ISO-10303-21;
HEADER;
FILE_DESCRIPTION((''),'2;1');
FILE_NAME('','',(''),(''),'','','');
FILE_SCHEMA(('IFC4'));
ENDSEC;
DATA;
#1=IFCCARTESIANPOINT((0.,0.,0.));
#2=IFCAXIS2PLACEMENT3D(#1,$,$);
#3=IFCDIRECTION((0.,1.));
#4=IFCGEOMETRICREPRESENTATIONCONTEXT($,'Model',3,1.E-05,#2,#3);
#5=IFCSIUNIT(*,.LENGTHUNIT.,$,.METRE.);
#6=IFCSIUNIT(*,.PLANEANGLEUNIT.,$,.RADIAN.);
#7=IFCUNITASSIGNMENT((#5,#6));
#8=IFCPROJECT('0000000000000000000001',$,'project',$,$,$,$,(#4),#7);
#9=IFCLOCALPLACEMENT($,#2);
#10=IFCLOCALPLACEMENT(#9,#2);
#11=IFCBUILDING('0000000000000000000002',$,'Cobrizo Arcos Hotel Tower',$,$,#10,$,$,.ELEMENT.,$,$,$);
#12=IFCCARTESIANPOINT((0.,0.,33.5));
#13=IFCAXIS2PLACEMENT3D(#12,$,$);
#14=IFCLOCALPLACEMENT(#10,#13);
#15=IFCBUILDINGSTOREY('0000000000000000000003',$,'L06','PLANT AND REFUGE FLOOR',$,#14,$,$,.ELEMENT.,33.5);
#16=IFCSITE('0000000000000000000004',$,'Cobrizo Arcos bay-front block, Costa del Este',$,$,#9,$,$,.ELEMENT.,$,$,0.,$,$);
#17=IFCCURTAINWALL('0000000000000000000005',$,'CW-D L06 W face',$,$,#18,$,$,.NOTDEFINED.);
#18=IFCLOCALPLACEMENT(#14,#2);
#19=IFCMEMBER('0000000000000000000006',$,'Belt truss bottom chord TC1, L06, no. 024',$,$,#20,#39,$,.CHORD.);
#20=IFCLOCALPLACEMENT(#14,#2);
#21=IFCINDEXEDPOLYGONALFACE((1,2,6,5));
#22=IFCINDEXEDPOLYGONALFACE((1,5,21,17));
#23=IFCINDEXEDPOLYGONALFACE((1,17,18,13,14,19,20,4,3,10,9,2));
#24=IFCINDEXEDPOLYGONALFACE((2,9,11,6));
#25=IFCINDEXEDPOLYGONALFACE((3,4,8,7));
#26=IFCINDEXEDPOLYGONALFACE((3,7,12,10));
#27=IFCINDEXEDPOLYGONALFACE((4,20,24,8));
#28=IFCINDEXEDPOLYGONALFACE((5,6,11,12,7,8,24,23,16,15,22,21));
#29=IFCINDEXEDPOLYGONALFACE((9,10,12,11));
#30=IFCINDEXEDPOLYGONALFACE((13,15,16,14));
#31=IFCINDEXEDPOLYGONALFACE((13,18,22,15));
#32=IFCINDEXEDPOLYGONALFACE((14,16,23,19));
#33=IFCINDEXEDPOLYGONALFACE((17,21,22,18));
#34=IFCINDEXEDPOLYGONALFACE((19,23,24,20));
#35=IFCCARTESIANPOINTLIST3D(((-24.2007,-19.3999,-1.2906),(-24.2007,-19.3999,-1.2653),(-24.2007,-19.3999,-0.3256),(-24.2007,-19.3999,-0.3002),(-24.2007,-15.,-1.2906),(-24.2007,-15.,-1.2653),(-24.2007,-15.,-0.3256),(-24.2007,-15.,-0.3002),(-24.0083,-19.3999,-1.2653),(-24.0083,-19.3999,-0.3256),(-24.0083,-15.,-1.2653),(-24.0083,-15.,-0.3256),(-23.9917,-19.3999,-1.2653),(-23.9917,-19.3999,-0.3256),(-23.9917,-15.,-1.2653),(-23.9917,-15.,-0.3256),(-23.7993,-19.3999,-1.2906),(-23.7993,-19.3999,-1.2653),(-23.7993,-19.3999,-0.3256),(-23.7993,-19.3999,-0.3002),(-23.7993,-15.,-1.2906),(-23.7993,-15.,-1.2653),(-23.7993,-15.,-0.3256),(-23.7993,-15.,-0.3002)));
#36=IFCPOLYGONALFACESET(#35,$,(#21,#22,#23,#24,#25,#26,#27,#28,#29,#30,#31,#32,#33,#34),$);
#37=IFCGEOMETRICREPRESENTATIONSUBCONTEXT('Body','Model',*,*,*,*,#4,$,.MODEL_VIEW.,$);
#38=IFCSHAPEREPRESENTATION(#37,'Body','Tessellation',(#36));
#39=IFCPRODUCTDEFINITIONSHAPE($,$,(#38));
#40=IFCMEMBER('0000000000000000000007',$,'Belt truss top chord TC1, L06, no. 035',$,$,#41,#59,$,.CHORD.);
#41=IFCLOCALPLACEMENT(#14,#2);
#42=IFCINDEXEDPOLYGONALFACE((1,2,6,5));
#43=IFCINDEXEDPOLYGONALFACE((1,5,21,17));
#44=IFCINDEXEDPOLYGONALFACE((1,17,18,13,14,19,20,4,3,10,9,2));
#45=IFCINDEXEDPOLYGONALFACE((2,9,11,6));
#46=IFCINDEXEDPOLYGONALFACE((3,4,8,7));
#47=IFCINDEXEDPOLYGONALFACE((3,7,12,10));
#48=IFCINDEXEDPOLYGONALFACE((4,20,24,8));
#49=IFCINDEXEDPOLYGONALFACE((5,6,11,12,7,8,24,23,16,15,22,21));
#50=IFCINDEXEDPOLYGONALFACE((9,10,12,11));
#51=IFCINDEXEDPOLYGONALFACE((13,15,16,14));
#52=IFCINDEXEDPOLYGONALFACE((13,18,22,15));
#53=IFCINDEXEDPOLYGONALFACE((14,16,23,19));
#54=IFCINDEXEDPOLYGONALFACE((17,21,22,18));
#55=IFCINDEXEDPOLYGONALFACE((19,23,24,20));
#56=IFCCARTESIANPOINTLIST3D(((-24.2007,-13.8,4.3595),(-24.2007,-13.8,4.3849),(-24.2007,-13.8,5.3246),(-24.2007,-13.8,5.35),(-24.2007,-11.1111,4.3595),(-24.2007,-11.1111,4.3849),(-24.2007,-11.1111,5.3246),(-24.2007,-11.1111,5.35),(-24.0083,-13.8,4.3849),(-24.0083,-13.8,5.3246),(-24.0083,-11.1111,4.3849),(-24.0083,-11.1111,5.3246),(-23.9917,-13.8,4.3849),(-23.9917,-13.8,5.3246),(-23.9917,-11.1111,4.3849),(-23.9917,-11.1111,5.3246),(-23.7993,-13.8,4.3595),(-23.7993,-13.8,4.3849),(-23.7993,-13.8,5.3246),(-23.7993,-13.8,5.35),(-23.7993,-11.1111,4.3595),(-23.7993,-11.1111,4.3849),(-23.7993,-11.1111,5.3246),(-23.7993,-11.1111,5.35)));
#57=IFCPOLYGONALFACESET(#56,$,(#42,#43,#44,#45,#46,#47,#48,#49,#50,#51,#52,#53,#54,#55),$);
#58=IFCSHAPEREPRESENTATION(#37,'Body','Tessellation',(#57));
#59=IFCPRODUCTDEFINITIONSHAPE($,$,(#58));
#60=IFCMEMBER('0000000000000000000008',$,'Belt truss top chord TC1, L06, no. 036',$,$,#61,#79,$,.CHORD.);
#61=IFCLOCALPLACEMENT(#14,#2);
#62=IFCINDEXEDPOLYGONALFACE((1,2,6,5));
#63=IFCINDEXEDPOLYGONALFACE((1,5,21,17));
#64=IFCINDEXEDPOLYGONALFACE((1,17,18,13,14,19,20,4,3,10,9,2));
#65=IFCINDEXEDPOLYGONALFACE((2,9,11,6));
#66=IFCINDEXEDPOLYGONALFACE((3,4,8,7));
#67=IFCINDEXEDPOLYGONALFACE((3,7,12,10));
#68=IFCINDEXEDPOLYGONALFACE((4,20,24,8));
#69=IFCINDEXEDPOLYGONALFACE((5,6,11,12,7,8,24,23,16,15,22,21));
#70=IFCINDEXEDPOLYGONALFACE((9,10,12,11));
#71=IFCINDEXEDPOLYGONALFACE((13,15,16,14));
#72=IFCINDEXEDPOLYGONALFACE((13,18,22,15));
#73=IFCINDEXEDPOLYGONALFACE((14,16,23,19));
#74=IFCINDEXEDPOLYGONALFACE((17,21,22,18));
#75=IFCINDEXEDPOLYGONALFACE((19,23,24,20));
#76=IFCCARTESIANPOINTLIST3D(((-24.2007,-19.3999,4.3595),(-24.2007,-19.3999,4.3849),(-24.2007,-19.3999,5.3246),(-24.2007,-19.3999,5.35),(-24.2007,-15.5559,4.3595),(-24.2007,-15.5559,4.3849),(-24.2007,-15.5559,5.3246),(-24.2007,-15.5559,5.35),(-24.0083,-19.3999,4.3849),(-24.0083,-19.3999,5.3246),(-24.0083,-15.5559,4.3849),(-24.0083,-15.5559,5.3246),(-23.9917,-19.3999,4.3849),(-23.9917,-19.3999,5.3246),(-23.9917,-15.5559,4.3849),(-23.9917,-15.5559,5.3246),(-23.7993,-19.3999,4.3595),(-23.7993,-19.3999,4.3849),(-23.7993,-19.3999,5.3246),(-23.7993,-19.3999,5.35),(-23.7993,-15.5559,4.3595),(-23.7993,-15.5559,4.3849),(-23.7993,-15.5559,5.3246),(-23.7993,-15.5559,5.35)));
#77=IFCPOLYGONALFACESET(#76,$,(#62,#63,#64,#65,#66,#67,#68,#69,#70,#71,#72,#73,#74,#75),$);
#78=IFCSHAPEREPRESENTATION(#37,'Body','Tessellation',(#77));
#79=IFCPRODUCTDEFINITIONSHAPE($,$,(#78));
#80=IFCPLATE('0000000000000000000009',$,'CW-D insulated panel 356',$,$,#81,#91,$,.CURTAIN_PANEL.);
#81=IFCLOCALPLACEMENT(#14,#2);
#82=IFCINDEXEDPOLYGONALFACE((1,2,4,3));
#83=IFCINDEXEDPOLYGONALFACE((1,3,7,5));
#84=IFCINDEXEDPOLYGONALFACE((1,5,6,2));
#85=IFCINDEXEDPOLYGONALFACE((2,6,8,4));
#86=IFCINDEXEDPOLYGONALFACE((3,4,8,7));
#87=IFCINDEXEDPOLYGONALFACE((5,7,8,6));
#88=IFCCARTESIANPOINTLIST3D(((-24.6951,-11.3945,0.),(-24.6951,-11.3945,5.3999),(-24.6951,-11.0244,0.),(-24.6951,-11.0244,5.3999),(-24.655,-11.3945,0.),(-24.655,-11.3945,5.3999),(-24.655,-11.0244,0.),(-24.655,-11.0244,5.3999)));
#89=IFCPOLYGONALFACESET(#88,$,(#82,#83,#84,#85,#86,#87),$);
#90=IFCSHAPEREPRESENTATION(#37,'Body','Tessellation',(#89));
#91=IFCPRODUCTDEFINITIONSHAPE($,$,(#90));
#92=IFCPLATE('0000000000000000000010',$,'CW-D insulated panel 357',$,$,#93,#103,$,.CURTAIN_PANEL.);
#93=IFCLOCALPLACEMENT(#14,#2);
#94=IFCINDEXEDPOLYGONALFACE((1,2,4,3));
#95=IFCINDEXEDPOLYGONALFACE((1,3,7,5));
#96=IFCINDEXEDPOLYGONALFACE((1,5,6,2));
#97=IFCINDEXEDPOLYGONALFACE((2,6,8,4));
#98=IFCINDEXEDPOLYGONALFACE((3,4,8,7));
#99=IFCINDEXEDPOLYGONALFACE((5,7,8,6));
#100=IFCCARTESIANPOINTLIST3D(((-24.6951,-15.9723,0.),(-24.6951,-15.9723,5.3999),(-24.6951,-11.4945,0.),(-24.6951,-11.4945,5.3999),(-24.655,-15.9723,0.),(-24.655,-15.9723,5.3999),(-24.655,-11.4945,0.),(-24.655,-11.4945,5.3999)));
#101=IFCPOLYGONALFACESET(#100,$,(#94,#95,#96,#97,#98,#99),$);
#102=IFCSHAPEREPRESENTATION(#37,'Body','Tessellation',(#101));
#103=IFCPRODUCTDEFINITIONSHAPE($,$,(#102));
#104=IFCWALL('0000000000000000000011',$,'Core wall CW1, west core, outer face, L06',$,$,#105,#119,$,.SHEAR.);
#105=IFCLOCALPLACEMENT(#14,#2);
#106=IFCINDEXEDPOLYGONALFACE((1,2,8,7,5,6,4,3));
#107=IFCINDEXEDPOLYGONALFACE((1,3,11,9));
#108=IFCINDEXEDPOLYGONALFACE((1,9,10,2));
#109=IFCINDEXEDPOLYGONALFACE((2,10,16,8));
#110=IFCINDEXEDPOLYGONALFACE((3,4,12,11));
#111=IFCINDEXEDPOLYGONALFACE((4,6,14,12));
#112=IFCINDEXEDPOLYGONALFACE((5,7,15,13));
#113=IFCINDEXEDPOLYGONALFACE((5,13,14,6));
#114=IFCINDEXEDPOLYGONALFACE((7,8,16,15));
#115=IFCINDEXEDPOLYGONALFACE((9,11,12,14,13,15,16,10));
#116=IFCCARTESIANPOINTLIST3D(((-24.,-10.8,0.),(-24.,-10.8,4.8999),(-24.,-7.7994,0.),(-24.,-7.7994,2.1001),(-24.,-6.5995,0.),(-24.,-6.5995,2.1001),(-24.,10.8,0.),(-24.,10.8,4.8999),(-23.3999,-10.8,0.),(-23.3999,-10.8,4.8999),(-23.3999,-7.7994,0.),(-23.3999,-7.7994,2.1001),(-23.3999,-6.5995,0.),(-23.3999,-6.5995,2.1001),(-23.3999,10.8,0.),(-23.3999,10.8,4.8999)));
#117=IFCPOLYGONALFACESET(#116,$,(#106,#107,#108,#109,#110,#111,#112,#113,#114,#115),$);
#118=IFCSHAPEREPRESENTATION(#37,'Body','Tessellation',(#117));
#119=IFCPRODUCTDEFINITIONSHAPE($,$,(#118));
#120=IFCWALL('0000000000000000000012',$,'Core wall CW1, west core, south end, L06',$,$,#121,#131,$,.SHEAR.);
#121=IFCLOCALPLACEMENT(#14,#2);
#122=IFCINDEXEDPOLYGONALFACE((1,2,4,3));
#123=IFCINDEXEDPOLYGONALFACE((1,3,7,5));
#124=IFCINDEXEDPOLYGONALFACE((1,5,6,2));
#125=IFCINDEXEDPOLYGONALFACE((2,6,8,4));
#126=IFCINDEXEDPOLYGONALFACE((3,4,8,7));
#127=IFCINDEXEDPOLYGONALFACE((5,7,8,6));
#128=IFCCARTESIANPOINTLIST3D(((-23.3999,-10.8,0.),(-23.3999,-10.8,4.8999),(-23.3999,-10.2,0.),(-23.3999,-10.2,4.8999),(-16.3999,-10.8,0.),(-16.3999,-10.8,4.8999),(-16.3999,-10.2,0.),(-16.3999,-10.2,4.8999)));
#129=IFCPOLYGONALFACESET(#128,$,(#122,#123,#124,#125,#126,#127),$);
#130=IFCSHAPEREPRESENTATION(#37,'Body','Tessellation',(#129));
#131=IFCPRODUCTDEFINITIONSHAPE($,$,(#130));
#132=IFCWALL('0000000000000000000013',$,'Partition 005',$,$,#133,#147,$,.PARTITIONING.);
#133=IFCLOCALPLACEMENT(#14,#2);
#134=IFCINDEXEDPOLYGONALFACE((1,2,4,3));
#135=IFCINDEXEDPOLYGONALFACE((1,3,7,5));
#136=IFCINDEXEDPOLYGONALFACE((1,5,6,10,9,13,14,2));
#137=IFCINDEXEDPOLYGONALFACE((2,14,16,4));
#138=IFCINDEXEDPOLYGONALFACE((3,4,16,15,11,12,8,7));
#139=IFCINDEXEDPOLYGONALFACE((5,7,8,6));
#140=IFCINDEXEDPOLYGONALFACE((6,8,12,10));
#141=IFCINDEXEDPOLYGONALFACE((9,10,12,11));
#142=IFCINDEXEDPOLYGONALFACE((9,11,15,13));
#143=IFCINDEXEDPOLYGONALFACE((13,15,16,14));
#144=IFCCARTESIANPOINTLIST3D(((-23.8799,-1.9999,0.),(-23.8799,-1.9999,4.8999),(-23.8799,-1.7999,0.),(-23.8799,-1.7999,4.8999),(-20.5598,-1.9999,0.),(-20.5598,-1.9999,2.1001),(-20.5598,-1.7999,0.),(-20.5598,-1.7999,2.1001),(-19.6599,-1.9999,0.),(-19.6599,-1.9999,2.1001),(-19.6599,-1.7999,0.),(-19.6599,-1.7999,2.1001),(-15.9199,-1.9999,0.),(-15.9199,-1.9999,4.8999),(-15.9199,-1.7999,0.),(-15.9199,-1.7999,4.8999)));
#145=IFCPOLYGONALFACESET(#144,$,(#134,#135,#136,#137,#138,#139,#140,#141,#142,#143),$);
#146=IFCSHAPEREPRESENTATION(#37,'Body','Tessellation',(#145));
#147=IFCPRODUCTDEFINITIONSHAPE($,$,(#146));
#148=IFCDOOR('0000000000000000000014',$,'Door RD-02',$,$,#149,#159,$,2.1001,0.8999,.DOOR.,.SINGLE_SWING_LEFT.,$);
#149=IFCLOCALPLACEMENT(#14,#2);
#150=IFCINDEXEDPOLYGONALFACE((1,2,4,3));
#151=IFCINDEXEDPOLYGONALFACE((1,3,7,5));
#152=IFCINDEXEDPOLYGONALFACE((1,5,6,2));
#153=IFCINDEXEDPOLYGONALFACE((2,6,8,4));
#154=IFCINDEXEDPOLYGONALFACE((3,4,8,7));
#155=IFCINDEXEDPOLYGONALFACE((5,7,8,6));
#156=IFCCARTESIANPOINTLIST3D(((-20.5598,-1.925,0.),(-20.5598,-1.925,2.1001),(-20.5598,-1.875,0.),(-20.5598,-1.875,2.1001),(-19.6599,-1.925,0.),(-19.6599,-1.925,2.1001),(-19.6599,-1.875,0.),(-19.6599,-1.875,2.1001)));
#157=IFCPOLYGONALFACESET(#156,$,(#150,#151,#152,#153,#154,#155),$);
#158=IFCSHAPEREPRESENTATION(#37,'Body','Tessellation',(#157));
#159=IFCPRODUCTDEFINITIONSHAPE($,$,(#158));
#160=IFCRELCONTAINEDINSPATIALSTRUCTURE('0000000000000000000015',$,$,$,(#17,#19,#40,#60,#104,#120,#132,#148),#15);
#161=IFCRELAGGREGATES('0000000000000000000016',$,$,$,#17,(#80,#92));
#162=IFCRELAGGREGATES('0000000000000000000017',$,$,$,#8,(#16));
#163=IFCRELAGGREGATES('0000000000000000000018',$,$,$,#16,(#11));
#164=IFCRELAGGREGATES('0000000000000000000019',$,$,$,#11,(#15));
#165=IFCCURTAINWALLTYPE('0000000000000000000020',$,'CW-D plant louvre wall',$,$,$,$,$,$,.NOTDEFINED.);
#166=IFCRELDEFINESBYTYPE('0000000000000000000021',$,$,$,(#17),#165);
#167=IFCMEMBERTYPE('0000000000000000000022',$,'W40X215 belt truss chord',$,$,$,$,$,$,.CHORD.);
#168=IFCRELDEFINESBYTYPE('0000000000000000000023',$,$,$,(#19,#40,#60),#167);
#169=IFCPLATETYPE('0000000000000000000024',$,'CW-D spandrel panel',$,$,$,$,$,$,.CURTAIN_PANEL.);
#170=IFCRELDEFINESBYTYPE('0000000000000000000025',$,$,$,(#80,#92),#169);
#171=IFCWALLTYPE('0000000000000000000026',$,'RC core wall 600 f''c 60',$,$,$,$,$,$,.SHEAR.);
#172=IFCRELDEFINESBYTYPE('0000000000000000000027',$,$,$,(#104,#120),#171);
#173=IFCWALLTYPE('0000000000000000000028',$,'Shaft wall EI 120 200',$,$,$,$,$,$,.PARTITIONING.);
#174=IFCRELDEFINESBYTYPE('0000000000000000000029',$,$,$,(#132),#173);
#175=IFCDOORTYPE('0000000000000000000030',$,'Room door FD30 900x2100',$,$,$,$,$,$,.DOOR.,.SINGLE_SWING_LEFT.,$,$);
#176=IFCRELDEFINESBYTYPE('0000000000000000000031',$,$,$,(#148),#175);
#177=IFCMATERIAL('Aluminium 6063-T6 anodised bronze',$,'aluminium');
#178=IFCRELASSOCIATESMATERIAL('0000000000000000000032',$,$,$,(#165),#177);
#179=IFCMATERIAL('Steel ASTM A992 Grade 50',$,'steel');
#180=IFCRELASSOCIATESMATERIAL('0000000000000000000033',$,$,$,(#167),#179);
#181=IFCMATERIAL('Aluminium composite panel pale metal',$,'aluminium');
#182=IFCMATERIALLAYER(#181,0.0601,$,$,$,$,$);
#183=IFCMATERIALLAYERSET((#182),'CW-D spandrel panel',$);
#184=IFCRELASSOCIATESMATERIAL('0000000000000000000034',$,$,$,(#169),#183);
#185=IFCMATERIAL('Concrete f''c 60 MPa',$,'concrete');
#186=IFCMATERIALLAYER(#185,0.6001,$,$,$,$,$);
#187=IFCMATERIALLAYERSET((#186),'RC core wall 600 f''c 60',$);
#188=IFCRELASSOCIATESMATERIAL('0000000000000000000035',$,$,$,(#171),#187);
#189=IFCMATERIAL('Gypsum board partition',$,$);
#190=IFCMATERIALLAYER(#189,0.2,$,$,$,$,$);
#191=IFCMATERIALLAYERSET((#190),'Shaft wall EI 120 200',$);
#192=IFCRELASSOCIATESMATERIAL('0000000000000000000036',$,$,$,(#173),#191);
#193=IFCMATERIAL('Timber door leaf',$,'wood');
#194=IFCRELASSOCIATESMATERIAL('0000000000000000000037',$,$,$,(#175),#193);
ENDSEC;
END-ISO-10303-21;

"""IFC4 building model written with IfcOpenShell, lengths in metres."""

from ifc_helpers import new_model, si_unit, direction, frame, frame_2d, origin, origin_2d, place, context, subcontext, project, spatial, rectangle, i_section, extrude, material, layer, layer_set, material_profile, profile_set, type_object, element, fill, aggregate, save


model = new_model("IFC4")

# Units and contexts
model_context = context("Model", 3, precision=1e-05, world=origin(), true_north=direction((0.0, 1.0)))
body_context = subcontext(model_context, "Body", "Model", "MODEL_VIEW")
ifc_project = project(units=[si_unit("LENGTHUNIT", "METRE"), si_unit("PLANEANGLEUNIT", "RADIAN")], contexts=[model_context])

# Site, building, storey
site_placement = place(None, origin())
site = spatial("IfcSite", under=ifc_project, at=site_placement, Name="Cobrizo Arcos bay-front block, Costa del Este", CompositionType="ELEMENT", RefElevation=0.0)
building_placement = place(site_placement, origin())
building = spatial("IfcBuilding", under=site, at=building_placement, Name="Cobrizo Arcos Hotel Tower", CompositionType="ELEMENT")
storey_placement = place(building_placement, frame((0.0, 0.0, 33.5)))
storey = spatial("IfcBuildingStorey", under=building, at=storey_placement, Name="L06", Description="PLANT AND REFUGE FLOOR", CompositionType="ELEMENT", Elevation=33.5)

# Curtain wall
ifc_material_1 = material(Name="Aluminium 6063-T6 anodised bronze", Category="aluminium")
curtain_wall_type = type_object("IfcCurtainWallType", Name="CW-D plant louvre wall", PredefinedType="NOTDEFINED", material=ifc_material_1)
curtain_wall_placement = place(storey_placement, origin())
curtain_wall = element("IfcCurtainWall", 1, at=curtain_wall_placement, inside=storey, type_object=curtain_wall_type, Name="CW-D L06 W face", PredefinedType="NOTDEFINED")

# Shared definitions
ifc_material_2 = material(Name="Steel ASTM A992 Grade 50", Category="steel")

# Members
ifc_material_profile_1 = material_profile(ifc_material_2, i_section(OverallWidth=0.4014, OverallDepth=0.9905, WebThickness=0.0166, FlangeThickness=0.0254, at=origin_2d()), Name="W40X215")
ifc_profile_set_1 = profile_set([ifc_material_profile_1], Name="Steel ASTM A992 Grade 50")
member_type_1 = type_object("IfcMemberType", Name="W40X215 belt truss chord", PredefinedType="CHORD", material=ifc_profile_set_1)
member_1_placement = place(storey_placement, frame((-24.0, -15.0, -0.7954), z_axis=(0.0, -1.0, 0.0), x_axis=(1.0, 0.0, 0.0)))
element("IfcMember", 2, at=member_1_placement, inside=storey, type_object=member_type_1, Name="Belt truss bottom chord TC1, L06, no. 024", PredefinedType="CHORD", context=body_context, shape_type="SweptSolid", body=[
    extrude(i_section(OverallWidth=0.4014, OverallDepth=0.9905, WebThickness=0.0166, FlangeThickness=0.0254, at=origin_2d()), origin(), (0.0, 0.0, 1.0), 4.3999),
])
member_2_placement = place(storey_placement, frame((-24.0, -11.1111, 4.8547), z_axis=(0.0, -1.0, 0.0), x_axis=(1.0, 0.0, 0.0)))
element("IfcMember", 3, at=member_2_placement, inside=storey, type_object=member_type_1, Name="Belt truss top chord TC1, L06, no. 035", PredefinedType="CHORD", context=body_context, shape_type="SweptSolid", body=[
    extrude(i_section(OverallWidth=0.4014, OverallDepth=0.9905, WebThickness=0.0166, FlangeThickness=0.0254, at=origin_2d()), origin(), (0.0, 0.0, 1.0), 2.689),
])
member_3_placement = place(storey_placement, frame((-24.0, -15.5559, 4.8547), z_axis=(0.0, -1.0, 0.0), x_axis=(1.0, 0.0, 0.0)))
element("IfcMember", 4, at=member_3_placement, inside=storey, type_object=member_type_1, Name="Belt truss top chord TC1, L06, no. 036", PredefinedType="CHORD", context=body_context, shape_type="SweptSolid", body=[
    extrude(i_section(OverallWidth=0.4014, OverallDepth=0.9905, WebThickness=0.0166, FlangeThickness=0.0254, at=origin_2d()), origin(), (0.0, 0.0, 1.0), 3.844),
])

# Plates
ifc_material_3 = material(Name="Aluminium composite panel pale metal", Category="aluminium")
ifc_layer_1 = layer(ifc_material_3, 0.0601)
ifc_layer_set_1 = layer_set([ifc_layer_1], Name="CW-D spandrel panel")
plate_type = type_object("IfcPlateType", Name="CW-D spandrel panel", PredefinedType="CURTAIN_PANEL", material=ifc_layer_set_1)
plate_1_placement = place(storey_placement, frame((-24.675, -11.2095, 0.0), z_axis=(0.0, 0.0, 1.0), x_axis=(0.0, -1.0, 0.0)))
plate_1 = element("IfcPlate", 5, at=plate_1_placement, type_object=plate_type, Name="CW-D insulated panel 356", PredefinedType="CURTAIN_PANEL", context=body_context, shape_type="SweptSolid", body=[
    extrude(rectangle(XDim=0.3701, YDim=0.04, at=origin_2d()), origin(), (0.0, 0.0, 1.0), 5.3999),
])
plate_2_placement = place(storey_placement, frame((-24.675, -13.7334, 0.0), z_axis=(0.0, 0.0, 1.0), x_axis=(0.0, -1.0, 0.0)))
plate_2 = element("IfcPlate", 6, at=plate_2_placement, type_object=plate_type, Name="CW-D insulated panel 357", PredefinedType="CURTAIN_PANEL", context=body_context, shape_type="SweptSolid", body=[
    extrude(rectangle(XDim=4.4778, YDim=0.04, at=origin_2d()), origin(), (0.0, 0.0, 1.0), 5.3999),
])
aggregate(curtain_wall, [plate_1, plate_2])

# Wall, opening
ifc_material_4 = material(Name="Concrete f'c 60 MPa", Category="concrete")
ifc_layer_2 = layer(ifc_material_4, 0.6001)
ifc_layer_set_2 = layer_set([ifc_layer_2], Name="RC core wall 600 f'c 60")
wall_type_1 = type_object("IfcWallType", Name="RC core wall 600 f'c 60", PredefinedType="SHEAR", material=ifc_layer_set_2)
wall_1_placement = place(storey_placement, frame((-23.7, -10.8, 0.0), z_axis=(0.0, 0.0, 1.0), x_axis=(0.0, 1.0, 0.0)))
wall_1 = element("IfcWall", 7, at=wall_1_placement, inside=storey, type_object=wall_type_1, Name="Core wall CW1, west core, outer face, L06", PredefinedType="SHEAR", context=body_context, shape_type="SweptSolid", body=[
    extrude(rectangle(XDim=21.6001, YDim=0.6001, at=frame_2d((10.8, 0.0))), origin(), (0.0, 0.0, 1.0), 4.8999),
])
opening_1_placement = place(wall_1_placement, frame((3.0005, 0.0, 0.0)))
element("IfcOpeningElement", 8, at=opening_1_placement, cuts=wall_1, PredefinedType="OPENING", context=body_context, shape_type="SweptSolid", body=[
    extrude(rectangle(XDim=1.2, YDim=2.1001, at=frame_2d((0.6001, 1.05))), frame((0.0, 0.312, 0.0), z_axis=(0.0, -1.0, 0.0), x_axis=(1.0, 0.0, 0.0)), (0.0, 0.0, 1.0), 0.624),
])

# Wall
wall_2_placement = place(storey_placement, frame((-23.3999, -10.5, 0.0), z_axis=(0.0, 0.0, 1.0), x_axis=(1.0, 0.0, 0.0)))
element("IfcWall", 9, at=wall_2_placement, inside=storey, type_object=wall_type_1, Name="Core wall CW1, west core, south end, L06", PredefinedType="SHEAR", context=body_context, shape_type="SweptSolid", body=[
    extrude(rectangle(XDim=7.0, YDim=0.6001, at=frame_2d((3.5, 0.0))), origin(), (0.0, 0.0, 1.0), 4.8999),
])

# Wall, opening, door
ifc_material_5 = material(Name="Gypsum board partition")
ifc_layer_3 = layer(ifc_material_5, 0.2)
ifc_layer_set_3 = layer_set([ifc_layer_3], Name="Shaft wall EI 120 200")
wall_type_2 = type_object("IfcWallType", Name="Shaft wall EI 120 200", PredefinedType="PARTITIONING", material=ifc_layer_set_3)
wall_3_placement = place(storey_placement, frame((-23.8799, -1.8999, 0.0), z_axis=(0.0, 0.0, 1.0), x_axis=(1.0, 0.0, 0.0)))
wall_3 = element("IfcWall", 10, at=wall_3_placement, inside=storey, type_object=wall_type_2, Name="Partition 005", PredefinedType="PARTITIONING", context=body_context, shape_type="SweptSolid", body=[
    extrude(rectangle(XDim=7.96, YDim=0.2, at=frame_2d((3.98, 0.0))), origin(), (0.0, 0.0, 1.0), 4.8999),
])
opening_2_placement = place(wall_3_placement, frame((3.3201, 0.0, 0.0)))
opening_2 = element("IfcOpeningElement", 11, at=opening_2_placement, cuts=wall_3, PredefinedType="OPENING", context=body_context, shape_type="SweptSolid", body=[
    extrude(rectangle(XDim=0.8999, YDim=2.1001, at=frame_2d((0.45, 1.05))), frame((0.0, 0.1121, 0.0), z_axis=(0.0, -1.0, 0.0), x_axis=(1.0, 0.0, 0.0)), (0.0, 0.0, 1.0), 0.2239),
])
ifc_material_6 = material(Name="Timber door leaf", Category="wood")
door_type = type_object("IfcDoorType", Name="Room door FD30 900x2100", OperationType="SINGLE_SWING_LEFT", PredefinedType="DOOR", material=ifc_material_6)
door_1_placement = place(opening_2_placement, origin())
door_1 = element("IfcDoor", 12, at=door_1_placement, inside=storey, type_object=door_type, Name="Door RD-02", OperationType="SINGLE_SWING_LEFT", OverallHeight=2.1001, OverallWidth=0.8999, PredefinedType="DOOR", context=body_context, shape_type="SweptSolid", body=[
    extrude(rectangle(XDim=0.8999, YDim=2.1001, at=frame_2d((0.45, 1.05))), frame((0.0, 0.0249, 0.0), z_axis=(0.0, -1.0, 0.0), x_axis=(1.0, 0.0, 0.0)), (0.0, 0.0, 1.0), 0.05),
])
fill(opening_2, door_1)

save(model, "model.ifc")
